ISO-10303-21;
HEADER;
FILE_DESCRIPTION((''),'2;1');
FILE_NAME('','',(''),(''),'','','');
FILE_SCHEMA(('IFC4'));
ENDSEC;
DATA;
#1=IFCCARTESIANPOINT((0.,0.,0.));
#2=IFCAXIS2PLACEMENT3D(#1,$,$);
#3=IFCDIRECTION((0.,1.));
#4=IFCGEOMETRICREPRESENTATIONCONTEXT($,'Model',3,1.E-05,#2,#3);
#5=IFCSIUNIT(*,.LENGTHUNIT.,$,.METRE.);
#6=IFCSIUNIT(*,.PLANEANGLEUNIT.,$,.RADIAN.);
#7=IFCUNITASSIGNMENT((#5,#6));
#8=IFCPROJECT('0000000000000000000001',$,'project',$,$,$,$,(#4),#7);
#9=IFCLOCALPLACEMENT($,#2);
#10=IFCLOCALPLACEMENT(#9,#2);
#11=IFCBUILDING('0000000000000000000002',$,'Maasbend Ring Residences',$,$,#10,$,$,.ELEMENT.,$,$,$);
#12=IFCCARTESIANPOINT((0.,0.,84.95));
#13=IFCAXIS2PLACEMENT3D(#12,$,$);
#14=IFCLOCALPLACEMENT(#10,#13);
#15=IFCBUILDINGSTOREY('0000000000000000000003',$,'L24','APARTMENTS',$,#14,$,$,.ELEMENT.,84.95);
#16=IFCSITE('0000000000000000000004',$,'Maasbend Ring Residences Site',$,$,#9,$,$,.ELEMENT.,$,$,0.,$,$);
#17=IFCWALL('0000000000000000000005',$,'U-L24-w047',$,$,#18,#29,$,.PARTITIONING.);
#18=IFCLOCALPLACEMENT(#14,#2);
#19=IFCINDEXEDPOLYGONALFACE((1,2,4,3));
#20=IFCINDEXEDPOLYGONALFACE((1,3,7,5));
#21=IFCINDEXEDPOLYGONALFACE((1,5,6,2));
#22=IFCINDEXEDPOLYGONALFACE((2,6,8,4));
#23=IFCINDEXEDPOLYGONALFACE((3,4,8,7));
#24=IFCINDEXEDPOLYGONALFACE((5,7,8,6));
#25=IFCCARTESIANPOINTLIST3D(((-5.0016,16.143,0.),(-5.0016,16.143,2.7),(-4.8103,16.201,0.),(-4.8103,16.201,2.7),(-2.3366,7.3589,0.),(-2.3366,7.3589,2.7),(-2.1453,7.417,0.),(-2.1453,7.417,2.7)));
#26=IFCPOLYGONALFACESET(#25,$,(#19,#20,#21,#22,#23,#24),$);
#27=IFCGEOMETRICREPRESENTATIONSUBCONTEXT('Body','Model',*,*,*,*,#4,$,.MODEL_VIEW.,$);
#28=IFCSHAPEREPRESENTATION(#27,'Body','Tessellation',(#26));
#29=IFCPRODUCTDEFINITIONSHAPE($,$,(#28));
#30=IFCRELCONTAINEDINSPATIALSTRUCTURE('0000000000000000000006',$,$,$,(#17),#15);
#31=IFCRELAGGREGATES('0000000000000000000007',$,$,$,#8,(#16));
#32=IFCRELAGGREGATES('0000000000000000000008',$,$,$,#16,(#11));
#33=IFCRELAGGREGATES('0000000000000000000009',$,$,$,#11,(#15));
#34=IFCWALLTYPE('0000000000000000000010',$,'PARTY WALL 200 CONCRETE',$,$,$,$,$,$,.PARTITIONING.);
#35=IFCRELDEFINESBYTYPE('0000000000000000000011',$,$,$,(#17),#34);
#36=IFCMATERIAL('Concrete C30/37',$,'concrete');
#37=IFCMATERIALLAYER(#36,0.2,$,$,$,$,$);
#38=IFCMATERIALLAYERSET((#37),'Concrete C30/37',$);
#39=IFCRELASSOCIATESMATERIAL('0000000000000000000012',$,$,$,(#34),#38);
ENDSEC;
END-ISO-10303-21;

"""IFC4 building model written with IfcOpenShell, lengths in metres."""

from ifc_helpers import new_model, si_unit, direction, frame, frame_2d, origin, place, context, subcontext, project, spatial, rectangle, extrude, material, layer, layer_set, type_object, element, save


model = new_model("IFC4")

# Units and contexts
model_context = context("Model", 3, precision=1e-05, world=origin(), true_north=direction((0.0, 1.0)))
body_context = subcontext(model_context, "Body", "Model", "MODEL_VIEW")
ifc_project = project(units=[si_unit("LENGTHUNIT", "METRE"), si_unit("PLANEANGLEUNIT", "RADIAN")], contexts=[model_context])

# Site, building, storey
site_placement = place(None, origin())
site = spatial("IfcSite", under=ifc_project, at=site_placement, Name="Maasbend Ring Residences Site", CompositionType="ELEMENT", RefElevation=0.0)
building_placement = place(site_placement, origin())
building = spatial("IfcBuilding", under=site, at=building_placement, Name="Maasbend Ring Residences", CompositionType="ELEMENT")
storey_placement = place(building_placement, frame((0.0, 0.0, 84.95)))
storey = spatial("IfcBuildingStorey", under=building, at=storey_placement, Name="L24", Description="APARTMENTS", CompositionType="ELEMENT", Elevation=84.95)

# Wall
ifc_material_1 = material(Name="Concrete C30/37", Category="concrete")
ifc_layer_1 = layer(ifc_material_1, 0.2)
ifc_layer_set_1 = layer_set([ifc_layer_1], Name="Concrete C30/37")
wall_type_1 = type_object("IfcWallType", Name="PARTY WALL 200 CONCRETE", PredefinedType="PARTITIONING", material=ifc_layer_set_1)
wall_1_placement = place(storey_placement, frame((-4.906, 16.1721, 0.0), z_axis=(0.0, 0.0, 1.0), x_axis=(0.290323, -0.956929, 0.0)))
element("IfcWall", 1, at=wall_1_placement, inside=storey, type_object=wall_type_1, Name="U-L24-w047", PredefinedType="PARTITIONING", context=body_context, shape_type="SweptSolid", body=[
    extrude(rectangle(XDim=9.1794, YDim=0.2, at=frame_2d((4.5898, 0.0))), origin(), (0.0, 0.0, 1.0), 2.7),
])

save(model, "model.ifc")
